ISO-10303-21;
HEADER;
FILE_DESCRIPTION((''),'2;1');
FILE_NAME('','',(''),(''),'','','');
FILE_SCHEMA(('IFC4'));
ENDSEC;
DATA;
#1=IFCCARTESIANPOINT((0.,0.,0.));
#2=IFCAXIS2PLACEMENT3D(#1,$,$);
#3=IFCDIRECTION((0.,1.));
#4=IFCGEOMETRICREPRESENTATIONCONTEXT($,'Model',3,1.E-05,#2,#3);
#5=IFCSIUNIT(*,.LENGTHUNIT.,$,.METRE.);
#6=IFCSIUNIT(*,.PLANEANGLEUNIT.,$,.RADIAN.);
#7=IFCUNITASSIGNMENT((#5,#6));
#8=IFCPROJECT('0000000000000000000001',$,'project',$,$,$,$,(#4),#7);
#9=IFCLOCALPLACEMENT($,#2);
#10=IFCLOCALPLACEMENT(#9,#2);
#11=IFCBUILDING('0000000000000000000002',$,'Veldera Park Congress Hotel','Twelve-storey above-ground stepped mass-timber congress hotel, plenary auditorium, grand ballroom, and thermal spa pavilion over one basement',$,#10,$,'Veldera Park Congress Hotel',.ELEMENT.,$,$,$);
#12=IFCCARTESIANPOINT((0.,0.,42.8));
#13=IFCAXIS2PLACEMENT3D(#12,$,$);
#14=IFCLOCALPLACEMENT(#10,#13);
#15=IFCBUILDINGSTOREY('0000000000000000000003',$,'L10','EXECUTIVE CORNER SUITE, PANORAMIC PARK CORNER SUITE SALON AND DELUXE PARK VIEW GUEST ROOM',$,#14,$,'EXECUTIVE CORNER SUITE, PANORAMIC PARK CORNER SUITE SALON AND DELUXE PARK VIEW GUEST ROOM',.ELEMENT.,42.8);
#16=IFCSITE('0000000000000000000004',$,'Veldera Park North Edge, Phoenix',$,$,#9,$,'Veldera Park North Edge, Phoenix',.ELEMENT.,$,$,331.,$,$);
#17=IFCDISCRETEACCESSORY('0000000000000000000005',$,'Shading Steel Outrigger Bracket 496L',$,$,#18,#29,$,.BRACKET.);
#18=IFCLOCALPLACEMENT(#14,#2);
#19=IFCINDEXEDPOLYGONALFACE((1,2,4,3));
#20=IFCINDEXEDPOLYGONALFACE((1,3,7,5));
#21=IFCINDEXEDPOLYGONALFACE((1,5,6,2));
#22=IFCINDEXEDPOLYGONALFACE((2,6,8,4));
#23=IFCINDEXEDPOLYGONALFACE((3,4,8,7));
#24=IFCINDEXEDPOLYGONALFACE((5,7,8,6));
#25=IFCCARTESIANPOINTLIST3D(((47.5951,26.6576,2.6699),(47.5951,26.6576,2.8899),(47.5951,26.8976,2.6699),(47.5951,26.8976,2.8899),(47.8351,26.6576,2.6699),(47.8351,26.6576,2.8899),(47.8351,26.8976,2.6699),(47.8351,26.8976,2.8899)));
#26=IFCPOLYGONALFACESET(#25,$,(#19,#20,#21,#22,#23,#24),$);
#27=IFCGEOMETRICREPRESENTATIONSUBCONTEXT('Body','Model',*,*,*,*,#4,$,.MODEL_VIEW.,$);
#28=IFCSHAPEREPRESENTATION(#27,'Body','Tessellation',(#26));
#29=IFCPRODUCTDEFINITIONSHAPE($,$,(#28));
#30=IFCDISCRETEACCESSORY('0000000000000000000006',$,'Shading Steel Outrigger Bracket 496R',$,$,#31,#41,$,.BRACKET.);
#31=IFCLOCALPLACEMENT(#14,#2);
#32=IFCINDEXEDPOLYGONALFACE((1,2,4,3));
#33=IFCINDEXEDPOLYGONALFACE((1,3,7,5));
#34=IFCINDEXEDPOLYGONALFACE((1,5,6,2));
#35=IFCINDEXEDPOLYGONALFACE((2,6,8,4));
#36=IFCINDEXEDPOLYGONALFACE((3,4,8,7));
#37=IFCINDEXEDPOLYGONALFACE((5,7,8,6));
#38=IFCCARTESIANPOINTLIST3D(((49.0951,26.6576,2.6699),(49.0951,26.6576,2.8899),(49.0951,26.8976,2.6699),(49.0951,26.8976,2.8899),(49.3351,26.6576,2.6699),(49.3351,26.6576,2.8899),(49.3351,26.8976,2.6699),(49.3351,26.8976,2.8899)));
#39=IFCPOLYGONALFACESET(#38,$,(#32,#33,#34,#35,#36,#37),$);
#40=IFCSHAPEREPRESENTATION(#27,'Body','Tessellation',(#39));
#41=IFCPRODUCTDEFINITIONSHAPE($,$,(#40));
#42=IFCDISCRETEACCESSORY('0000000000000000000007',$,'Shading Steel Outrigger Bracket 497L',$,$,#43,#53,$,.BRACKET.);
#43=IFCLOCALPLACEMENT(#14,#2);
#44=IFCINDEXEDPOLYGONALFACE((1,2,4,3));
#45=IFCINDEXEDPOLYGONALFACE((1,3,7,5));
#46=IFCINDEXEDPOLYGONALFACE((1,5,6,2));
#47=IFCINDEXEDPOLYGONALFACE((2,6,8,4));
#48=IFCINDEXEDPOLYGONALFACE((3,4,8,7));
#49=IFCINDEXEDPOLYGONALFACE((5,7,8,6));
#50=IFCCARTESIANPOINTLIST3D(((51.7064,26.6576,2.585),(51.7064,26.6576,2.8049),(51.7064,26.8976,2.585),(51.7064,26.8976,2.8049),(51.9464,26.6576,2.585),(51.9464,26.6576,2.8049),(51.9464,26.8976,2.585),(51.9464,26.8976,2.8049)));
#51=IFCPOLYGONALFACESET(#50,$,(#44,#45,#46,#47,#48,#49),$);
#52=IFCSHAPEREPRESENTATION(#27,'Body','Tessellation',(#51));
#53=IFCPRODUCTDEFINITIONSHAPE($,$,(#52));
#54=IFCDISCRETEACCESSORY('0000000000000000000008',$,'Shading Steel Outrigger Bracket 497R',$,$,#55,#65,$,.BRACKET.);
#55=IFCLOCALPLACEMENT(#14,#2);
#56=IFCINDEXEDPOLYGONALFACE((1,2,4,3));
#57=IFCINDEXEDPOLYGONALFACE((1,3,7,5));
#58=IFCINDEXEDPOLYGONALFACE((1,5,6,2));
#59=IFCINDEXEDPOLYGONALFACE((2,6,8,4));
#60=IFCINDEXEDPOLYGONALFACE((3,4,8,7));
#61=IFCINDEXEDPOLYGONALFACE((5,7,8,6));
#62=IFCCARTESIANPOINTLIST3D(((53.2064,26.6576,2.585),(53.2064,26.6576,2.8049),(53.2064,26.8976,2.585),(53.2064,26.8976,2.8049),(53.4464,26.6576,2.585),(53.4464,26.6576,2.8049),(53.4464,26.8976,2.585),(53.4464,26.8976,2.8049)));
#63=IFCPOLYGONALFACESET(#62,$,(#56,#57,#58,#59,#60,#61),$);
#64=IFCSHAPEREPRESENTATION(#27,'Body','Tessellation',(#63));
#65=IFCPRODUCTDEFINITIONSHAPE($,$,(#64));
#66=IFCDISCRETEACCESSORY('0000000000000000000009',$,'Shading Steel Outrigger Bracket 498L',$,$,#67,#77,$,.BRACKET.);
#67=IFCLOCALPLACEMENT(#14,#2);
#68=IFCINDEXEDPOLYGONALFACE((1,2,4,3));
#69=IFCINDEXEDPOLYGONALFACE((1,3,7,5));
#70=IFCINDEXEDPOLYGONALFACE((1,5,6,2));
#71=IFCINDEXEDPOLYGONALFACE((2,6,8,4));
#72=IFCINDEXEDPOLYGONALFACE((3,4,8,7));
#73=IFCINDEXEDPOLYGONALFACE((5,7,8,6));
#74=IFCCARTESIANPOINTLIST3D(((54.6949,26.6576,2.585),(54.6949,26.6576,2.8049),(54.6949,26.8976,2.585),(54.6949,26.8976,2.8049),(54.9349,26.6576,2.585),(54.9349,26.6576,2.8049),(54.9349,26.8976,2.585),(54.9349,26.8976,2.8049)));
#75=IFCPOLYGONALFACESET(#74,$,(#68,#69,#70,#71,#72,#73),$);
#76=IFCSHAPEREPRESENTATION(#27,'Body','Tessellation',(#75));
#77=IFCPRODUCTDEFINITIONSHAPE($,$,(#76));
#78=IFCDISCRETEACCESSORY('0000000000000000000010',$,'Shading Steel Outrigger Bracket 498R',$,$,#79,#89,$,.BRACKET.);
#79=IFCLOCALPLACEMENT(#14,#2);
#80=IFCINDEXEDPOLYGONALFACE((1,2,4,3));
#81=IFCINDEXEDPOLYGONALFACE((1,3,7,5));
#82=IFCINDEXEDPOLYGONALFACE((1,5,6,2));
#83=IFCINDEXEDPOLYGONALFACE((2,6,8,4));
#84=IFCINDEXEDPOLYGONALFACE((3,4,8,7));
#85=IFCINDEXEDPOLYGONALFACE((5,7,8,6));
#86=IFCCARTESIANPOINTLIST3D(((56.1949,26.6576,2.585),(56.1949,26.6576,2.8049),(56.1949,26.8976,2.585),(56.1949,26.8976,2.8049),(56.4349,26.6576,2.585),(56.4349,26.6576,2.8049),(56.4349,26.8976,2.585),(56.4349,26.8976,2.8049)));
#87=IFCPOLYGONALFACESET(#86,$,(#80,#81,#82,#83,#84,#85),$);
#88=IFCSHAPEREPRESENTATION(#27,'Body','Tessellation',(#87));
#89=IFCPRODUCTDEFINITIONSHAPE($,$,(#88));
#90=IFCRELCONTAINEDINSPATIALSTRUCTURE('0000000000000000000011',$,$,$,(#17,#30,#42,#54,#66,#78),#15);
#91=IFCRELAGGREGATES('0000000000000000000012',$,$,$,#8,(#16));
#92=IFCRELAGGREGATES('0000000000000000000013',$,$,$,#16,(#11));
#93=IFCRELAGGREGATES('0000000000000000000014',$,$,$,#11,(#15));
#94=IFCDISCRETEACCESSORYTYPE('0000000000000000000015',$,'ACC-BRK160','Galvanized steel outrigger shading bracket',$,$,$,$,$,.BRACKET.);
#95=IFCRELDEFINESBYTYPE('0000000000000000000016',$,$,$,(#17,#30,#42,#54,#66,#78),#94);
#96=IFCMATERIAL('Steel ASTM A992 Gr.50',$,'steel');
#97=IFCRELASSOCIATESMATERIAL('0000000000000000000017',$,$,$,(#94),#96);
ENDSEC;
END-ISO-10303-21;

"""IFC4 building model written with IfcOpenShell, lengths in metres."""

from ifc_helpers import new_model, si_unit, direction, frame, origin, origin_2d, place, context, subcontext, project, spatial, rectangle, extrude, material, type_object, element, save


model = new_model("IFC4")

# Units and contexts
model_context = context("Model", 3, precision=1e-05, world=origin(), true_north=direction((0.0, 1.0)))
body_context = subcontext(model_context, "Body", "Model", "MODEL_VIEW")
ifc_project = project(units=[si_unit("LENGTHUNIT", "METRE"), si_unit("PLANEANGLEUNIT", "RADIAN")], contexts=[model_context])

# Site, building, storey
site_placement = place(None, origin())
site = spatial("IfcSite", under=ifc_project, at=site_placement, Name="Veldera Park North Edge, Phoenix", LongName="Veldera Park North Edge, Phoenix", CompositionType="ELEMENT", RefElevation=331.0)
building_placement = place(site_placement, origin())
building = spatial("IfcBuilding", under=site, at=building_placement, Name="Veldera Park Congress Hotel", Description="Twelve-storey above-ground stepped mass-timber congress hotel, plenary auditorium, grand ballroom, and thermal spa pavilion over one basement", LongName="Veldera Park Congress Hotel", CompositionType="ELEMENT")
storey_placement = place(building_placement, frame((0.0, 0.0, 42.8)))
storey = spatial("IfcBuildingStorey", under=building, at=storey_placement, Name="L10", Description="EXECUTIVE CORNER SUITE, PANORAMIC PARK CORNER SUITE SALON AND DELUXE PARK VIEW GUEST ROOM", LongName="EXECUTIVE CORNER SUITE, PANORAMIC PARK CORNER SUITE SALON AND DELUXE PARK VIEW GUEST ROOM", CompositionType="ELEMENT", Elevation=42.8)

# Discrete accessories
ifc_material_1 = material(Name="Steel ASTM A992 Gr.50", Category="steel")
discrete_accessory_type = type_object("IfcDiscreteAccessoryType", Name="ACC-BRK160", Description="Galvanized steel outrigger shading bracket", PredefinedType="BRACKET", material=ifc_material_1)
for number, where, z_axis, x_axis, name in (
    (1, (47.7151, 26.7776, 2.6699), (0.0, 0.0, 1.0), (1.0, 0.0, 0.0), "Shading Steel Outrigger Bracket 496L"),
    (2, (49.2151, 26.7776, 2.6699), (0.0, 0.0, 1.0), (1.0, 0.0, 0.0), "Shading Steel Outrigger Bracket 496R"),
    (3, (51.8264, 26.7776, 2.585), (0.0, 0.0, 1.0), (1.0, 0.0, 0.0), "Shading Steel Outrigger Bracket 497L"),
    (4, (53.3264, 26.7776, 2.585), (0.0, 0.0, 1.0), (1.0, 0.0, 0.0), "Shading Steel Outrigger Bracket 497R"),
    (5, (54.8149, 26.7776, 2.585), (0.0, 0.0, 1.0), (1.0, 0.0, 0.0), "Shading Steel Outrigger Bracket 498L"),
    (6, (56.3149, 26.7776, 2.585), (0.0, 0.0, 1.0), (1.0, 0.0, 0.0), "Shading Steel Outrigger Bracket 498R"),
):
    element("IfcDiscreteAccessory", number, at=place(storey_placement, frame(where, z_axis=z_axis, x_axis=x_axis)), inside=storey, type_object=discrete_accessory_type, Name=name, PredefinedType="BRACKET", context=body_context, shape_type="SweptSolid", body=[
        extrude(rectangle(XDim=0.24, YDim=0.24, at=origin_2d()), origin(), (0.0, 0.0, 1.0), 0.22),
    ])

save(model, "model.ifc")
